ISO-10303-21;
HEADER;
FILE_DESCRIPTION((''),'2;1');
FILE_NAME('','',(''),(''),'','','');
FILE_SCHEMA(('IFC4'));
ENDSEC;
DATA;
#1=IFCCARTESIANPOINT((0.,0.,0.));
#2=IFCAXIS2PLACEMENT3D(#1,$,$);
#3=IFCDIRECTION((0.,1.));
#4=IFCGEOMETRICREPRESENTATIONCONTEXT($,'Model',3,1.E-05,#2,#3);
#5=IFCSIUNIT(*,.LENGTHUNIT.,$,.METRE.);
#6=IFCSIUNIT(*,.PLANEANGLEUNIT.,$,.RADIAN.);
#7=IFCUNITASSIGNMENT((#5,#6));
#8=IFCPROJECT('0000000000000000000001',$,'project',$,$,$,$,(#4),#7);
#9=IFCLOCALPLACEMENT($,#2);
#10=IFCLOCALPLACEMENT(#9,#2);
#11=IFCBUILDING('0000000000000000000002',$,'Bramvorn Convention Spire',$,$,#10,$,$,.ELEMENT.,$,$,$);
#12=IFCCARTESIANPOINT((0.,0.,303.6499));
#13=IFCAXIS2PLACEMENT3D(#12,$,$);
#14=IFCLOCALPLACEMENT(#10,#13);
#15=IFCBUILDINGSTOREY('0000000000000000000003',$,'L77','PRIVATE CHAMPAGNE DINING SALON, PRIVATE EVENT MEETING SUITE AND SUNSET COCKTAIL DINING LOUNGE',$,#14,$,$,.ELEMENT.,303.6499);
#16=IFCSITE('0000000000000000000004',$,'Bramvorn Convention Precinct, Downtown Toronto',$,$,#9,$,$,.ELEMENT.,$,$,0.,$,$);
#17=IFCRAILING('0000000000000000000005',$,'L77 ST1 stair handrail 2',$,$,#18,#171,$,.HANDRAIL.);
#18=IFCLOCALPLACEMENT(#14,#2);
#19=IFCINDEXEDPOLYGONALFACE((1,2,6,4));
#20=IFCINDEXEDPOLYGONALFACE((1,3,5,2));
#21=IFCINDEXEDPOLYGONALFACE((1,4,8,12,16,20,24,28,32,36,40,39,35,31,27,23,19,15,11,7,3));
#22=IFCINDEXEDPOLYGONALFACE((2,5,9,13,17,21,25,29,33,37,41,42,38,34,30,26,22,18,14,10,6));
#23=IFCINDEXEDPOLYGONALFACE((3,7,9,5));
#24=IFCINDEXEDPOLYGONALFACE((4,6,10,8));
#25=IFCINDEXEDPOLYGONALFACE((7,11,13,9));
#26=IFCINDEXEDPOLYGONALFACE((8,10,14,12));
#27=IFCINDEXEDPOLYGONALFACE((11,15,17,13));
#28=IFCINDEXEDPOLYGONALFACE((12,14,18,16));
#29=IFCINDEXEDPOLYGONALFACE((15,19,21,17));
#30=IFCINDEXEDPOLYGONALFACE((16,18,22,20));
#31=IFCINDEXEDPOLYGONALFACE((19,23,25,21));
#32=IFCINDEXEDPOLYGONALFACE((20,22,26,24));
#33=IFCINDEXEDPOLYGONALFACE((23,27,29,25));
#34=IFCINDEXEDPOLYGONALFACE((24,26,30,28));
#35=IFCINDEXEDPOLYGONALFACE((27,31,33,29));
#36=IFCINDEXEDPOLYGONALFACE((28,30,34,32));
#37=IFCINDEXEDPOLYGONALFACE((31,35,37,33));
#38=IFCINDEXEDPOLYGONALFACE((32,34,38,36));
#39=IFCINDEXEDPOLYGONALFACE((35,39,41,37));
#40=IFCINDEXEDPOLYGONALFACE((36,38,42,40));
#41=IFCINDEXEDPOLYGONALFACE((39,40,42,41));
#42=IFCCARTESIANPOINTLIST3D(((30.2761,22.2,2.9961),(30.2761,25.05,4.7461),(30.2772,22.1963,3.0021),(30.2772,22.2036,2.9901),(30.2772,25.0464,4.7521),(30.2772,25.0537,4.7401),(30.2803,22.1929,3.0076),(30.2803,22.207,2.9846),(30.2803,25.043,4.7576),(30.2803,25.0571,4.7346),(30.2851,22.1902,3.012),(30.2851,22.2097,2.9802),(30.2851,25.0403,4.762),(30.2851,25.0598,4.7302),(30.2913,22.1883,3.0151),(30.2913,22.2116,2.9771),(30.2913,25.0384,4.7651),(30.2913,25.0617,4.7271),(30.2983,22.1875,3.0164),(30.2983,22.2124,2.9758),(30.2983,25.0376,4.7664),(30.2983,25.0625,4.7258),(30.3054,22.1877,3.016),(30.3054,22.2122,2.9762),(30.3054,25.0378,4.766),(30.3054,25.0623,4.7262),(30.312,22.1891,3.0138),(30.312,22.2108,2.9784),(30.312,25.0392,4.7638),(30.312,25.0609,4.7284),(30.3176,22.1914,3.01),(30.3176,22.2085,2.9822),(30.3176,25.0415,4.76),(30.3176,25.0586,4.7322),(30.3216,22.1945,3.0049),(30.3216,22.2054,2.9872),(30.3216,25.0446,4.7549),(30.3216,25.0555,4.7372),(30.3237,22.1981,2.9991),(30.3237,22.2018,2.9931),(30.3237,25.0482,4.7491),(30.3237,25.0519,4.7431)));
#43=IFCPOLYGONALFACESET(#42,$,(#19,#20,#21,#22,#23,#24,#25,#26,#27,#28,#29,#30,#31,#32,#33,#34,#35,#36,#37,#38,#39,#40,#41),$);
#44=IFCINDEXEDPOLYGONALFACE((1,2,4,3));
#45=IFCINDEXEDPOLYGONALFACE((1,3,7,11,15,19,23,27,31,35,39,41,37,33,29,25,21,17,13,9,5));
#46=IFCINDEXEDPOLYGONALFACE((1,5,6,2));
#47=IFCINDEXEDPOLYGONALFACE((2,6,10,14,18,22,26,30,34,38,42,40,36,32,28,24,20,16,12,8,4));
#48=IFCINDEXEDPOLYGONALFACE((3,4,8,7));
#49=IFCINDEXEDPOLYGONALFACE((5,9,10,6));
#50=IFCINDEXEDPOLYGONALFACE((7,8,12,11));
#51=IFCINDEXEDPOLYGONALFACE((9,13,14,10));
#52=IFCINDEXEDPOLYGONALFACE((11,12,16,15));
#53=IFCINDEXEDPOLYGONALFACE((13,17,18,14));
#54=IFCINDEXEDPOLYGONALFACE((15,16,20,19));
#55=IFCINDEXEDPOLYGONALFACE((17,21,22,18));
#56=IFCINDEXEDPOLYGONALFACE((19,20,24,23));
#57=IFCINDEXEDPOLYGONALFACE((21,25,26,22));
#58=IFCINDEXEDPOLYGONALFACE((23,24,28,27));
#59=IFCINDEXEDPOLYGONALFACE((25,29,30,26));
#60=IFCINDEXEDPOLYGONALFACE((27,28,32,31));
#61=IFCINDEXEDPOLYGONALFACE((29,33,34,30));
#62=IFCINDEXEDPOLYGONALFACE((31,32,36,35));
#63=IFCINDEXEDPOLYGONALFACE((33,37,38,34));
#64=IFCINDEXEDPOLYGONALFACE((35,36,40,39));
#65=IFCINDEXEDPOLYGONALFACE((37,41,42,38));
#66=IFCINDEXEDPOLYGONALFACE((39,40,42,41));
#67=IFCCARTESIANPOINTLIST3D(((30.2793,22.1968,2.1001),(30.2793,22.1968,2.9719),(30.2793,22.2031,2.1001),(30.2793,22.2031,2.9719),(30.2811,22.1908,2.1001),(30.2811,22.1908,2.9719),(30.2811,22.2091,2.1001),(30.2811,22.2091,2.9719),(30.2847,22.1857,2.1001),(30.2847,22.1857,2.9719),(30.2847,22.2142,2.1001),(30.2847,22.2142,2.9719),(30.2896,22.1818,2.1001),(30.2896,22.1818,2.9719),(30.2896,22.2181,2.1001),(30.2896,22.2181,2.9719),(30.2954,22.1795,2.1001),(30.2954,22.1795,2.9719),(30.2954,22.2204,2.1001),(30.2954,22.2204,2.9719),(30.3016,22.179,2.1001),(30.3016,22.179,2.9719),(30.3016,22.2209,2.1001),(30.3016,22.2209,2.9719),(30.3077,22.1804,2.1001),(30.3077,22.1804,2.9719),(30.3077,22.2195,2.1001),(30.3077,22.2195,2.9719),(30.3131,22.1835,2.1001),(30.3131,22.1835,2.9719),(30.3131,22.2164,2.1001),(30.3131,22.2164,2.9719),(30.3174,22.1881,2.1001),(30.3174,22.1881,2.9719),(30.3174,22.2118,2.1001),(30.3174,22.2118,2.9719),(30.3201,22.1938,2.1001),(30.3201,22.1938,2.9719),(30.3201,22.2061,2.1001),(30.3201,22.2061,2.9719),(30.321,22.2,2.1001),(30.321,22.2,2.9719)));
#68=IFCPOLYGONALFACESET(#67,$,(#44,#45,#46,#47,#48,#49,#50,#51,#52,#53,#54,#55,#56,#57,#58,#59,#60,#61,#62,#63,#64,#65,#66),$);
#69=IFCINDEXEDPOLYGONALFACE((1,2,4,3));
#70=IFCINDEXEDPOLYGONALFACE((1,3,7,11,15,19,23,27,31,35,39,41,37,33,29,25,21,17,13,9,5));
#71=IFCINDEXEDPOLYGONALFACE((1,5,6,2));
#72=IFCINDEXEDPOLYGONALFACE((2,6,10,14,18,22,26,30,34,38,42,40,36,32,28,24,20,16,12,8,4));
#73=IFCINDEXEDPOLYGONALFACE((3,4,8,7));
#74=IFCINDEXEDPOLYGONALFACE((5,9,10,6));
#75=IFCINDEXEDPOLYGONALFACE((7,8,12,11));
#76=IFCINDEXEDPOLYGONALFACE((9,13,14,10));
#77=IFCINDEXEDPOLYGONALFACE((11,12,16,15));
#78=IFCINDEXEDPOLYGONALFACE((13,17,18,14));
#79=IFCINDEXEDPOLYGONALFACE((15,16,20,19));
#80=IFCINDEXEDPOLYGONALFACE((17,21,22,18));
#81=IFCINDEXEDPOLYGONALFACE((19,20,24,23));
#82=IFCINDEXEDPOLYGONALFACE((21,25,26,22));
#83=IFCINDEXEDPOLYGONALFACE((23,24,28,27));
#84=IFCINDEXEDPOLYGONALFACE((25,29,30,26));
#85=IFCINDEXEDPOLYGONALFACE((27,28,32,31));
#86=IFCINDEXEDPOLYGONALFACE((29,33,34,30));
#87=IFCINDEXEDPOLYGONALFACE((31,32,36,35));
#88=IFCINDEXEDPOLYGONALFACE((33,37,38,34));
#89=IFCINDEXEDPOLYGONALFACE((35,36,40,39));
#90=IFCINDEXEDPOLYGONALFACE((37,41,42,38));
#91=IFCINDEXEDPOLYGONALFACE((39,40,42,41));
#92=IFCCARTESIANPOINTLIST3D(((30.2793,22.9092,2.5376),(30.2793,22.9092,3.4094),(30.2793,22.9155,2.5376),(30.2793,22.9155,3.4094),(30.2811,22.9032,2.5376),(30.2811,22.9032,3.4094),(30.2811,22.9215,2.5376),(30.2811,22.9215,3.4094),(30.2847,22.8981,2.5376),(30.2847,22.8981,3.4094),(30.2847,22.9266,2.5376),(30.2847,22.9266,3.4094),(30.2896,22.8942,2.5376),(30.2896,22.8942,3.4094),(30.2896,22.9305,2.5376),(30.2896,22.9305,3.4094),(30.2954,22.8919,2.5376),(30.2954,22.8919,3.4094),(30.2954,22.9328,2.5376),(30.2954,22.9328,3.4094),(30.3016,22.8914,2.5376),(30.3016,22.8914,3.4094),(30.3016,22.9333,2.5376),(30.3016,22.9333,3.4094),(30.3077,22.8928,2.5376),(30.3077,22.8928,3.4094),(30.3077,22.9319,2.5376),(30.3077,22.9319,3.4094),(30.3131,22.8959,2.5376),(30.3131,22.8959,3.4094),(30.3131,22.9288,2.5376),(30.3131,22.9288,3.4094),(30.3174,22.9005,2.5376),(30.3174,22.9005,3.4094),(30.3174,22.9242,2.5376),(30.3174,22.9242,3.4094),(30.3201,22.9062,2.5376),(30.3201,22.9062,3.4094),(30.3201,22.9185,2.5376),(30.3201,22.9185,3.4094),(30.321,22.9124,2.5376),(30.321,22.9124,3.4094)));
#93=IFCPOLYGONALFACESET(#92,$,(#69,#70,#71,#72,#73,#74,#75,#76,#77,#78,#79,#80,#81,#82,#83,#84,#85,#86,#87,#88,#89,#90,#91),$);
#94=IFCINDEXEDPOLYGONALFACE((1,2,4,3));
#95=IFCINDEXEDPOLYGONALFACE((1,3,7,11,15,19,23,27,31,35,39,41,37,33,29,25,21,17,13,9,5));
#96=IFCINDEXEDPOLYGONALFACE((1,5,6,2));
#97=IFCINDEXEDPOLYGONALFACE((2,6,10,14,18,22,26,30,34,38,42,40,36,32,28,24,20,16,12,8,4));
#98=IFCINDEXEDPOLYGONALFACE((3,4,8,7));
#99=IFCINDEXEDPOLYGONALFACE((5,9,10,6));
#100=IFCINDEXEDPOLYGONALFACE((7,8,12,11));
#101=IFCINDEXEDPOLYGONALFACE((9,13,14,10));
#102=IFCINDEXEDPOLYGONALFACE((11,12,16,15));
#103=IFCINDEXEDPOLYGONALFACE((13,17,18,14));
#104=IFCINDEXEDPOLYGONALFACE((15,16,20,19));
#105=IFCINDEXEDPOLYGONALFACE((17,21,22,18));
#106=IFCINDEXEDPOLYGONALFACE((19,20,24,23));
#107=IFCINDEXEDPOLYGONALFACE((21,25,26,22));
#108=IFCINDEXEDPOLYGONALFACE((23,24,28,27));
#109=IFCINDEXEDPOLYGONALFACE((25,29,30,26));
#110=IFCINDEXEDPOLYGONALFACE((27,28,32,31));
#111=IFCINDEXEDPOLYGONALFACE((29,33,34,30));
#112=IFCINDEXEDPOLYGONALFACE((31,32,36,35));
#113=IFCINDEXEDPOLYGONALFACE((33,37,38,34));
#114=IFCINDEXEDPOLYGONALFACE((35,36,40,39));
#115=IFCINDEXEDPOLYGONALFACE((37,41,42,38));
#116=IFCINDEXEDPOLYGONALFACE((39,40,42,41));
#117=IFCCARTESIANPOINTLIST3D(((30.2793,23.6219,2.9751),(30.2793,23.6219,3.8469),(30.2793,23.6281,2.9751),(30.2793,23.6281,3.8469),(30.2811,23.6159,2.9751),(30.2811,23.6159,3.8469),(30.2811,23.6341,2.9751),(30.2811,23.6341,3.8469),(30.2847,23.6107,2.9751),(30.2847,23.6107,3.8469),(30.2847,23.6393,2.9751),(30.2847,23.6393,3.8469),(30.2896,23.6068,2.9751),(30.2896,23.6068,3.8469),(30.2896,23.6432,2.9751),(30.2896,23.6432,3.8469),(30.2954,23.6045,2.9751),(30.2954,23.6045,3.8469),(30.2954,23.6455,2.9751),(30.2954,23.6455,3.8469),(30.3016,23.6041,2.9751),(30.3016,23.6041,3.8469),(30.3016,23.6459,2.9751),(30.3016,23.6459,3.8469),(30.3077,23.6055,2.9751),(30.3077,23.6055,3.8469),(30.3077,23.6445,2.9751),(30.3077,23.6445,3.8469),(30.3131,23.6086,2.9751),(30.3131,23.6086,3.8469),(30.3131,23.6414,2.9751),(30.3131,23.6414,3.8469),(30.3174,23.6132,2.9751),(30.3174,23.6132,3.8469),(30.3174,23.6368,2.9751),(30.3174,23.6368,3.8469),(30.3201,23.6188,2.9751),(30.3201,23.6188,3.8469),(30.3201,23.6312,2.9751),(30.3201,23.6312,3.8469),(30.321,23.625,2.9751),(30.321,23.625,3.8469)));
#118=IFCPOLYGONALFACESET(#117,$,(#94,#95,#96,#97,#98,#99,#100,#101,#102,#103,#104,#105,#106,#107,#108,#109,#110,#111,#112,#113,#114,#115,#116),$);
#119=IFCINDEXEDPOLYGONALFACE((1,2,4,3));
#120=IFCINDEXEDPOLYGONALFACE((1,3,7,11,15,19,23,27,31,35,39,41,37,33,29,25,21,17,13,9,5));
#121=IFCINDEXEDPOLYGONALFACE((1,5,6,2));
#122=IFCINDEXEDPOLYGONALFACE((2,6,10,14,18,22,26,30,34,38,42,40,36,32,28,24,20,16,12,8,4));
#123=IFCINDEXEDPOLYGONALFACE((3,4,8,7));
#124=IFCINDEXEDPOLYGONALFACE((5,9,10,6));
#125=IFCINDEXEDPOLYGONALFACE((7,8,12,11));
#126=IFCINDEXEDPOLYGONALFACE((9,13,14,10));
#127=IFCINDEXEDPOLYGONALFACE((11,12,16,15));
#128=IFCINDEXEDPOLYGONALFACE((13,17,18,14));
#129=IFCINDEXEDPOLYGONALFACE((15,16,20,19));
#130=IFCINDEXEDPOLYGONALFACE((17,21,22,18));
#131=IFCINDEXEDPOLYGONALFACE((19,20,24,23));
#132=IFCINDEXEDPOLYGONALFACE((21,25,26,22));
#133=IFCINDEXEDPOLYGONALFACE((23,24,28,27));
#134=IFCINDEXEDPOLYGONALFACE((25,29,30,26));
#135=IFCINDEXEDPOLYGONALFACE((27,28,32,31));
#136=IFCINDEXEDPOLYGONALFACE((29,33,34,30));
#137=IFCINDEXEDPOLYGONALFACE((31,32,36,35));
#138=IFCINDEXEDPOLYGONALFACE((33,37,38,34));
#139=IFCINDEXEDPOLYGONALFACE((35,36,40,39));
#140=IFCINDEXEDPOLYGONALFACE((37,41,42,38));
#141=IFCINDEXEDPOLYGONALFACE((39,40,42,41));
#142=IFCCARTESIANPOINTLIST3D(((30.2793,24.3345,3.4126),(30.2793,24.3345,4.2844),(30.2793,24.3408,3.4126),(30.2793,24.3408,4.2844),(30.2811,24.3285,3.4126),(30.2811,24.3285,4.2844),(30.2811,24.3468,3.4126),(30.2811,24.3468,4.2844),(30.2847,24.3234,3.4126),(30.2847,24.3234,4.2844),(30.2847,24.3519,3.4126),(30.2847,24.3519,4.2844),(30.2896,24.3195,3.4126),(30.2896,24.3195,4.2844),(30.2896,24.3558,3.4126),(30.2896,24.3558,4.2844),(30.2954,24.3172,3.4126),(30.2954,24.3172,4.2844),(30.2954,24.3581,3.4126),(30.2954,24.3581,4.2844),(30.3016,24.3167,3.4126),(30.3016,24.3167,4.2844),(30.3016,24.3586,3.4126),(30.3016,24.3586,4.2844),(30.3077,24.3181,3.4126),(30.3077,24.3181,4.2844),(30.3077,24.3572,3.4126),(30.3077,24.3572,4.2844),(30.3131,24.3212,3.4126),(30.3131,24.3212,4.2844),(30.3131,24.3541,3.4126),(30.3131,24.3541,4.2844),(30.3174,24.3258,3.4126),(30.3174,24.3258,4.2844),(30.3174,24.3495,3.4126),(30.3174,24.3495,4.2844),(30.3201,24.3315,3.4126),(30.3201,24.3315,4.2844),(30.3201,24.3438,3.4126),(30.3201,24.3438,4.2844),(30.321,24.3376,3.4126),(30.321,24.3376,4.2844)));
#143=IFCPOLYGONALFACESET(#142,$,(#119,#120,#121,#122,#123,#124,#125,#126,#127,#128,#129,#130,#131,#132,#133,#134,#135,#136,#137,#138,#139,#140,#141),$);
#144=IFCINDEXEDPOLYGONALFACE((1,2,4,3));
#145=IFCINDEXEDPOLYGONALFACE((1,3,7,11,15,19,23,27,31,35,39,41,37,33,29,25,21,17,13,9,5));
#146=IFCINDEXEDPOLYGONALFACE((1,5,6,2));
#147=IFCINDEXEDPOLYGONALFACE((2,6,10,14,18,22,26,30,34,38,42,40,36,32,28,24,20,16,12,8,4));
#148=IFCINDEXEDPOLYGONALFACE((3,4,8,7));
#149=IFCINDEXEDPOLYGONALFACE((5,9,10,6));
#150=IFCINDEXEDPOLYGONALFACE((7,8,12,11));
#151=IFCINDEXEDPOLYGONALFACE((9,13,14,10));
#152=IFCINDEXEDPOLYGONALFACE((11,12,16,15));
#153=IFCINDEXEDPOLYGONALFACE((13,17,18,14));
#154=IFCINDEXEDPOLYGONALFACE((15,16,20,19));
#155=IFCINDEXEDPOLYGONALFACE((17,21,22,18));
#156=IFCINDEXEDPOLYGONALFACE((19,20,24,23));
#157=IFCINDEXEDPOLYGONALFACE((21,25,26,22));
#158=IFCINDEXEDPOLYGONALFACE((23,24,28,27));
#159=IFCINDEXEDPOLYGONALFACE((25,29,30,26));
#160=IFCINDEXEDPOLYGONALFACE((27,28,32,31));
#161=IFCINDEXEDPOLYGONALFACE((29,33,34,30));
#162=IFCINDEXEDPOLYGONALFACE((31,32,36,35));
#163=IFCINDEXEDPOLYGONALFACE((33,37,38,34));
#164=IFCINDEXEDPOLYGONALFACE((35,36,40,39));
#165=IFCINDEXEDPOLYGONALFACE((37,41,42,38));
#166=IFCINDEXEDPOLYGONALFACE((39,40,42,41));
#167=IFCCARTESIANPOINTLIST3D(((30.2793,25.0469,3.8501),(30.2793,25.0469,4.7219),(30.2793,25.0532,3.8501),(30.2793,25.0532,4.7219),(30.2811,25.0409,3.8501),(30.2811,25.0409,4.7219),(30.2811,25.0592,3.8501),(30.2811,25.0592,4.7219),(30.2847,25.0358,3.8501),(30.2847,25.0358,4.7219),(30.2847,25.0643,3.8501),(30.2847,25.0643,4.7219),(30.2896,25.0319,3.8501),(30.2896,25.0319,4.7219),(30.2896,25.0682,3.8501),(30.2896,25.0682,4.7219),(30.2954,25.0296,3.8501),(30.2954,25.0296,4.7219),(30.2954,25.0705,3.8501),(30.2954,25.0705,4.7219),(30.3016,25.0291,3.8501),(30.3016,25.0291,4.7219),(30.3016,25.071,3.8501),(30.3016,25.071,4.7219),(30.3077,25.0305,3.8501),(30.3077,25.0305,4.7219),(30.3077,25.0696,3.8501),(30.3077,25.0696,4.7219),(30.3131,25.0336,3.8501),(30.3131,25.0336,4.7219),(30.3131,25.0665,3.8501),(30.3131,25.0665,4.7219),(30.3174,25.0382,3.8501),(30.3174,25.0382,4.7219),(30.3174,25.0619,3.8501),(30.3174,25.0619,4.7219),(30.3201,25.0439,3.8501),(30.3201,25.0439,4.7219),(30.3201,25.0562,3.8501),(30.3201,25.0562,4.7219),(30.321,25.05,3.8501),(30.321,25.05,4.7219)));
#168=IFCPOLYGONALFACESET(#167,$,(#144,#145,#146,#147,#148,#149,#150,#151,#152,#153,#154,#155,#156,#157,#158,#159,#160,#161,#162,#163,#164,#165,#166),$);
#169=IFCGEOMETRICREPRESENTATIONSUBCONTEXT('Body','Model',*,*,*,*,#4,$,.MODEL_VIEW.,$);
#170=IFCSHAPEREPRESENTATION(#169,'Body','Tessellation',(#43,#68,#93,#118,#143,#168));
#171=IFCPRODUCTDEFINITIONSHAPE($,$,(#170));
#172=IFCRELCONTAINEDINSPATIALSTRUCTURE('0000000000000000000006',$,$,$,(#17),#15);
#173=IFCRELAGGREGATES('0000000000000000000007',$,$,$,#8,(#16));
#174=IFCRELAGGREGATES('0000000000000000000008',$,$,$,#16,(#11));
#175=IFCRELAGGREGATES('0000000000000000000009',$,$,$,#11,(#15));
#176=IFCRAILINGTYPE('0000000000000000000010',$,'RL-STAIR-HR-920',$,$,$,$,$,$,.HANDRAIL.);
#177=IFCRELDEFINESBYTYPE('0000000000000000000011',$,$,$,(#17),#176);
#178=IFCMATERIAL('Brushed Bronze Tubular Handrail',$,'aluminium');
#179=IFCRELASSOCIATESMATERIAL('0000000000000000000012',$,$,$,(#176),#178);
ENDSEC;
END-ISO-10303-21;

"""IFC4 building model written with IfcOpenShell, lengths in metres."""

from ifc_helpers import new_model, si_unit, direction, frame, origin, origin_2d, place, context, subcontext, project, spatial, circle, extrude, material, type_object, element, save


model = new_model("IFC4")

# Units and contexts
model_context = context("Model", 3, precision=1e-05, world=origin(), true_north=direction((0.0, 1.0)))
body_context = subcontext(model_context, "Body", "Model", "MODEL_VIEW")
ifc_project = project(units=[si_unit("LENGTHUNIT", "METRE"), si_unit("PLANEANGLEUNIT", "RADIAN")], contexts=[model_context])

# Site, building, storey
site_placement = place(None, origin())
site = spatial("IfcSite", under=ifc_project, at=site_placement, Name="Bramvorn Convention Precinct, Downtown Toronto", CompositionType="ELEMENT", RefElevation=0.0)
building_placement = place(site_placement, origin())
building = spatial("IfcBuilding", under=site, at=building_placement, Name="Bramvorn Convention Spire", CompositionType="ELEMENT")
storey_placement = place(building_placement, frame((0.0, 0.0, 303.6499)))
storey = spatial("IfcBuildingStorey", under=building, at=storey_placement, Name="L77", Description="PRIVATE CHAMPAGNE DINING SALON, PRIVATE EVENT MEETING SUITE AND SUNSET COCKTAIL DINING LOUNGE", CompositionType="ELEMENT", Elevation=303.6499)

# Railing
ifc_material_1 = material(Name="Brushed Bronze Tubular Handrail", Category="aluminium")
railing_type_1 = type_object("IfcRailingType", Name="RL-STAIR-HR-920", PredefinedType="HANDRAIL", material=ifc_material_1)
railing_1_placement = place(storey_placement, frame((30.3, 22.2, 2.1001)))
element("IfcRailing", 1, at=railing_1_placement, inside=storey, type_object=railing_type_1, Name="L77 ST1 stair handrail 2", PredefinedType="HANDRAIL", context=body_context, shape_type="SweptSolid", body=[
    extrude(circle(Radius=0.0239, at=origin_2d()), frame((0.0, 0.0, 0.896), z_axis=(0.0, 0.852179, 0.52325), x_axis=(-1.0, 0.0, 0.0)), (0.0, 0.0, 1.0), 3.3445),
    extrude(circle(Radius=0.021, at=origin_2d()), origin(), (0.0, 0.0, 1.0), 0.8718),
    extrude(circle(Radius=0.021, at=origin_2d()), frame((0.0, 0.7124, 0.4375)), (0.0, 0.0, 1.0), 0.8718),
    extrude(circle(Radius=0.021, at=origin_2d()), frame((0.0, 1.425, 0.875)), (0.0, 0.0, 1.0), 0.8718),
    extrude(circle(Radius=0.021, at=origin_2d()), frame((0.0, 2.1377, 1.3125)), (0.0, 0.0, 1.0), 0.8718),
    extrude(circle(Radius=0.021, at=origin_2d()), frame((0.0, 2.8501, 1.75)), (0.0, 0.0, 1.0), 0.8718),
])

save(model, "model.ifc")
